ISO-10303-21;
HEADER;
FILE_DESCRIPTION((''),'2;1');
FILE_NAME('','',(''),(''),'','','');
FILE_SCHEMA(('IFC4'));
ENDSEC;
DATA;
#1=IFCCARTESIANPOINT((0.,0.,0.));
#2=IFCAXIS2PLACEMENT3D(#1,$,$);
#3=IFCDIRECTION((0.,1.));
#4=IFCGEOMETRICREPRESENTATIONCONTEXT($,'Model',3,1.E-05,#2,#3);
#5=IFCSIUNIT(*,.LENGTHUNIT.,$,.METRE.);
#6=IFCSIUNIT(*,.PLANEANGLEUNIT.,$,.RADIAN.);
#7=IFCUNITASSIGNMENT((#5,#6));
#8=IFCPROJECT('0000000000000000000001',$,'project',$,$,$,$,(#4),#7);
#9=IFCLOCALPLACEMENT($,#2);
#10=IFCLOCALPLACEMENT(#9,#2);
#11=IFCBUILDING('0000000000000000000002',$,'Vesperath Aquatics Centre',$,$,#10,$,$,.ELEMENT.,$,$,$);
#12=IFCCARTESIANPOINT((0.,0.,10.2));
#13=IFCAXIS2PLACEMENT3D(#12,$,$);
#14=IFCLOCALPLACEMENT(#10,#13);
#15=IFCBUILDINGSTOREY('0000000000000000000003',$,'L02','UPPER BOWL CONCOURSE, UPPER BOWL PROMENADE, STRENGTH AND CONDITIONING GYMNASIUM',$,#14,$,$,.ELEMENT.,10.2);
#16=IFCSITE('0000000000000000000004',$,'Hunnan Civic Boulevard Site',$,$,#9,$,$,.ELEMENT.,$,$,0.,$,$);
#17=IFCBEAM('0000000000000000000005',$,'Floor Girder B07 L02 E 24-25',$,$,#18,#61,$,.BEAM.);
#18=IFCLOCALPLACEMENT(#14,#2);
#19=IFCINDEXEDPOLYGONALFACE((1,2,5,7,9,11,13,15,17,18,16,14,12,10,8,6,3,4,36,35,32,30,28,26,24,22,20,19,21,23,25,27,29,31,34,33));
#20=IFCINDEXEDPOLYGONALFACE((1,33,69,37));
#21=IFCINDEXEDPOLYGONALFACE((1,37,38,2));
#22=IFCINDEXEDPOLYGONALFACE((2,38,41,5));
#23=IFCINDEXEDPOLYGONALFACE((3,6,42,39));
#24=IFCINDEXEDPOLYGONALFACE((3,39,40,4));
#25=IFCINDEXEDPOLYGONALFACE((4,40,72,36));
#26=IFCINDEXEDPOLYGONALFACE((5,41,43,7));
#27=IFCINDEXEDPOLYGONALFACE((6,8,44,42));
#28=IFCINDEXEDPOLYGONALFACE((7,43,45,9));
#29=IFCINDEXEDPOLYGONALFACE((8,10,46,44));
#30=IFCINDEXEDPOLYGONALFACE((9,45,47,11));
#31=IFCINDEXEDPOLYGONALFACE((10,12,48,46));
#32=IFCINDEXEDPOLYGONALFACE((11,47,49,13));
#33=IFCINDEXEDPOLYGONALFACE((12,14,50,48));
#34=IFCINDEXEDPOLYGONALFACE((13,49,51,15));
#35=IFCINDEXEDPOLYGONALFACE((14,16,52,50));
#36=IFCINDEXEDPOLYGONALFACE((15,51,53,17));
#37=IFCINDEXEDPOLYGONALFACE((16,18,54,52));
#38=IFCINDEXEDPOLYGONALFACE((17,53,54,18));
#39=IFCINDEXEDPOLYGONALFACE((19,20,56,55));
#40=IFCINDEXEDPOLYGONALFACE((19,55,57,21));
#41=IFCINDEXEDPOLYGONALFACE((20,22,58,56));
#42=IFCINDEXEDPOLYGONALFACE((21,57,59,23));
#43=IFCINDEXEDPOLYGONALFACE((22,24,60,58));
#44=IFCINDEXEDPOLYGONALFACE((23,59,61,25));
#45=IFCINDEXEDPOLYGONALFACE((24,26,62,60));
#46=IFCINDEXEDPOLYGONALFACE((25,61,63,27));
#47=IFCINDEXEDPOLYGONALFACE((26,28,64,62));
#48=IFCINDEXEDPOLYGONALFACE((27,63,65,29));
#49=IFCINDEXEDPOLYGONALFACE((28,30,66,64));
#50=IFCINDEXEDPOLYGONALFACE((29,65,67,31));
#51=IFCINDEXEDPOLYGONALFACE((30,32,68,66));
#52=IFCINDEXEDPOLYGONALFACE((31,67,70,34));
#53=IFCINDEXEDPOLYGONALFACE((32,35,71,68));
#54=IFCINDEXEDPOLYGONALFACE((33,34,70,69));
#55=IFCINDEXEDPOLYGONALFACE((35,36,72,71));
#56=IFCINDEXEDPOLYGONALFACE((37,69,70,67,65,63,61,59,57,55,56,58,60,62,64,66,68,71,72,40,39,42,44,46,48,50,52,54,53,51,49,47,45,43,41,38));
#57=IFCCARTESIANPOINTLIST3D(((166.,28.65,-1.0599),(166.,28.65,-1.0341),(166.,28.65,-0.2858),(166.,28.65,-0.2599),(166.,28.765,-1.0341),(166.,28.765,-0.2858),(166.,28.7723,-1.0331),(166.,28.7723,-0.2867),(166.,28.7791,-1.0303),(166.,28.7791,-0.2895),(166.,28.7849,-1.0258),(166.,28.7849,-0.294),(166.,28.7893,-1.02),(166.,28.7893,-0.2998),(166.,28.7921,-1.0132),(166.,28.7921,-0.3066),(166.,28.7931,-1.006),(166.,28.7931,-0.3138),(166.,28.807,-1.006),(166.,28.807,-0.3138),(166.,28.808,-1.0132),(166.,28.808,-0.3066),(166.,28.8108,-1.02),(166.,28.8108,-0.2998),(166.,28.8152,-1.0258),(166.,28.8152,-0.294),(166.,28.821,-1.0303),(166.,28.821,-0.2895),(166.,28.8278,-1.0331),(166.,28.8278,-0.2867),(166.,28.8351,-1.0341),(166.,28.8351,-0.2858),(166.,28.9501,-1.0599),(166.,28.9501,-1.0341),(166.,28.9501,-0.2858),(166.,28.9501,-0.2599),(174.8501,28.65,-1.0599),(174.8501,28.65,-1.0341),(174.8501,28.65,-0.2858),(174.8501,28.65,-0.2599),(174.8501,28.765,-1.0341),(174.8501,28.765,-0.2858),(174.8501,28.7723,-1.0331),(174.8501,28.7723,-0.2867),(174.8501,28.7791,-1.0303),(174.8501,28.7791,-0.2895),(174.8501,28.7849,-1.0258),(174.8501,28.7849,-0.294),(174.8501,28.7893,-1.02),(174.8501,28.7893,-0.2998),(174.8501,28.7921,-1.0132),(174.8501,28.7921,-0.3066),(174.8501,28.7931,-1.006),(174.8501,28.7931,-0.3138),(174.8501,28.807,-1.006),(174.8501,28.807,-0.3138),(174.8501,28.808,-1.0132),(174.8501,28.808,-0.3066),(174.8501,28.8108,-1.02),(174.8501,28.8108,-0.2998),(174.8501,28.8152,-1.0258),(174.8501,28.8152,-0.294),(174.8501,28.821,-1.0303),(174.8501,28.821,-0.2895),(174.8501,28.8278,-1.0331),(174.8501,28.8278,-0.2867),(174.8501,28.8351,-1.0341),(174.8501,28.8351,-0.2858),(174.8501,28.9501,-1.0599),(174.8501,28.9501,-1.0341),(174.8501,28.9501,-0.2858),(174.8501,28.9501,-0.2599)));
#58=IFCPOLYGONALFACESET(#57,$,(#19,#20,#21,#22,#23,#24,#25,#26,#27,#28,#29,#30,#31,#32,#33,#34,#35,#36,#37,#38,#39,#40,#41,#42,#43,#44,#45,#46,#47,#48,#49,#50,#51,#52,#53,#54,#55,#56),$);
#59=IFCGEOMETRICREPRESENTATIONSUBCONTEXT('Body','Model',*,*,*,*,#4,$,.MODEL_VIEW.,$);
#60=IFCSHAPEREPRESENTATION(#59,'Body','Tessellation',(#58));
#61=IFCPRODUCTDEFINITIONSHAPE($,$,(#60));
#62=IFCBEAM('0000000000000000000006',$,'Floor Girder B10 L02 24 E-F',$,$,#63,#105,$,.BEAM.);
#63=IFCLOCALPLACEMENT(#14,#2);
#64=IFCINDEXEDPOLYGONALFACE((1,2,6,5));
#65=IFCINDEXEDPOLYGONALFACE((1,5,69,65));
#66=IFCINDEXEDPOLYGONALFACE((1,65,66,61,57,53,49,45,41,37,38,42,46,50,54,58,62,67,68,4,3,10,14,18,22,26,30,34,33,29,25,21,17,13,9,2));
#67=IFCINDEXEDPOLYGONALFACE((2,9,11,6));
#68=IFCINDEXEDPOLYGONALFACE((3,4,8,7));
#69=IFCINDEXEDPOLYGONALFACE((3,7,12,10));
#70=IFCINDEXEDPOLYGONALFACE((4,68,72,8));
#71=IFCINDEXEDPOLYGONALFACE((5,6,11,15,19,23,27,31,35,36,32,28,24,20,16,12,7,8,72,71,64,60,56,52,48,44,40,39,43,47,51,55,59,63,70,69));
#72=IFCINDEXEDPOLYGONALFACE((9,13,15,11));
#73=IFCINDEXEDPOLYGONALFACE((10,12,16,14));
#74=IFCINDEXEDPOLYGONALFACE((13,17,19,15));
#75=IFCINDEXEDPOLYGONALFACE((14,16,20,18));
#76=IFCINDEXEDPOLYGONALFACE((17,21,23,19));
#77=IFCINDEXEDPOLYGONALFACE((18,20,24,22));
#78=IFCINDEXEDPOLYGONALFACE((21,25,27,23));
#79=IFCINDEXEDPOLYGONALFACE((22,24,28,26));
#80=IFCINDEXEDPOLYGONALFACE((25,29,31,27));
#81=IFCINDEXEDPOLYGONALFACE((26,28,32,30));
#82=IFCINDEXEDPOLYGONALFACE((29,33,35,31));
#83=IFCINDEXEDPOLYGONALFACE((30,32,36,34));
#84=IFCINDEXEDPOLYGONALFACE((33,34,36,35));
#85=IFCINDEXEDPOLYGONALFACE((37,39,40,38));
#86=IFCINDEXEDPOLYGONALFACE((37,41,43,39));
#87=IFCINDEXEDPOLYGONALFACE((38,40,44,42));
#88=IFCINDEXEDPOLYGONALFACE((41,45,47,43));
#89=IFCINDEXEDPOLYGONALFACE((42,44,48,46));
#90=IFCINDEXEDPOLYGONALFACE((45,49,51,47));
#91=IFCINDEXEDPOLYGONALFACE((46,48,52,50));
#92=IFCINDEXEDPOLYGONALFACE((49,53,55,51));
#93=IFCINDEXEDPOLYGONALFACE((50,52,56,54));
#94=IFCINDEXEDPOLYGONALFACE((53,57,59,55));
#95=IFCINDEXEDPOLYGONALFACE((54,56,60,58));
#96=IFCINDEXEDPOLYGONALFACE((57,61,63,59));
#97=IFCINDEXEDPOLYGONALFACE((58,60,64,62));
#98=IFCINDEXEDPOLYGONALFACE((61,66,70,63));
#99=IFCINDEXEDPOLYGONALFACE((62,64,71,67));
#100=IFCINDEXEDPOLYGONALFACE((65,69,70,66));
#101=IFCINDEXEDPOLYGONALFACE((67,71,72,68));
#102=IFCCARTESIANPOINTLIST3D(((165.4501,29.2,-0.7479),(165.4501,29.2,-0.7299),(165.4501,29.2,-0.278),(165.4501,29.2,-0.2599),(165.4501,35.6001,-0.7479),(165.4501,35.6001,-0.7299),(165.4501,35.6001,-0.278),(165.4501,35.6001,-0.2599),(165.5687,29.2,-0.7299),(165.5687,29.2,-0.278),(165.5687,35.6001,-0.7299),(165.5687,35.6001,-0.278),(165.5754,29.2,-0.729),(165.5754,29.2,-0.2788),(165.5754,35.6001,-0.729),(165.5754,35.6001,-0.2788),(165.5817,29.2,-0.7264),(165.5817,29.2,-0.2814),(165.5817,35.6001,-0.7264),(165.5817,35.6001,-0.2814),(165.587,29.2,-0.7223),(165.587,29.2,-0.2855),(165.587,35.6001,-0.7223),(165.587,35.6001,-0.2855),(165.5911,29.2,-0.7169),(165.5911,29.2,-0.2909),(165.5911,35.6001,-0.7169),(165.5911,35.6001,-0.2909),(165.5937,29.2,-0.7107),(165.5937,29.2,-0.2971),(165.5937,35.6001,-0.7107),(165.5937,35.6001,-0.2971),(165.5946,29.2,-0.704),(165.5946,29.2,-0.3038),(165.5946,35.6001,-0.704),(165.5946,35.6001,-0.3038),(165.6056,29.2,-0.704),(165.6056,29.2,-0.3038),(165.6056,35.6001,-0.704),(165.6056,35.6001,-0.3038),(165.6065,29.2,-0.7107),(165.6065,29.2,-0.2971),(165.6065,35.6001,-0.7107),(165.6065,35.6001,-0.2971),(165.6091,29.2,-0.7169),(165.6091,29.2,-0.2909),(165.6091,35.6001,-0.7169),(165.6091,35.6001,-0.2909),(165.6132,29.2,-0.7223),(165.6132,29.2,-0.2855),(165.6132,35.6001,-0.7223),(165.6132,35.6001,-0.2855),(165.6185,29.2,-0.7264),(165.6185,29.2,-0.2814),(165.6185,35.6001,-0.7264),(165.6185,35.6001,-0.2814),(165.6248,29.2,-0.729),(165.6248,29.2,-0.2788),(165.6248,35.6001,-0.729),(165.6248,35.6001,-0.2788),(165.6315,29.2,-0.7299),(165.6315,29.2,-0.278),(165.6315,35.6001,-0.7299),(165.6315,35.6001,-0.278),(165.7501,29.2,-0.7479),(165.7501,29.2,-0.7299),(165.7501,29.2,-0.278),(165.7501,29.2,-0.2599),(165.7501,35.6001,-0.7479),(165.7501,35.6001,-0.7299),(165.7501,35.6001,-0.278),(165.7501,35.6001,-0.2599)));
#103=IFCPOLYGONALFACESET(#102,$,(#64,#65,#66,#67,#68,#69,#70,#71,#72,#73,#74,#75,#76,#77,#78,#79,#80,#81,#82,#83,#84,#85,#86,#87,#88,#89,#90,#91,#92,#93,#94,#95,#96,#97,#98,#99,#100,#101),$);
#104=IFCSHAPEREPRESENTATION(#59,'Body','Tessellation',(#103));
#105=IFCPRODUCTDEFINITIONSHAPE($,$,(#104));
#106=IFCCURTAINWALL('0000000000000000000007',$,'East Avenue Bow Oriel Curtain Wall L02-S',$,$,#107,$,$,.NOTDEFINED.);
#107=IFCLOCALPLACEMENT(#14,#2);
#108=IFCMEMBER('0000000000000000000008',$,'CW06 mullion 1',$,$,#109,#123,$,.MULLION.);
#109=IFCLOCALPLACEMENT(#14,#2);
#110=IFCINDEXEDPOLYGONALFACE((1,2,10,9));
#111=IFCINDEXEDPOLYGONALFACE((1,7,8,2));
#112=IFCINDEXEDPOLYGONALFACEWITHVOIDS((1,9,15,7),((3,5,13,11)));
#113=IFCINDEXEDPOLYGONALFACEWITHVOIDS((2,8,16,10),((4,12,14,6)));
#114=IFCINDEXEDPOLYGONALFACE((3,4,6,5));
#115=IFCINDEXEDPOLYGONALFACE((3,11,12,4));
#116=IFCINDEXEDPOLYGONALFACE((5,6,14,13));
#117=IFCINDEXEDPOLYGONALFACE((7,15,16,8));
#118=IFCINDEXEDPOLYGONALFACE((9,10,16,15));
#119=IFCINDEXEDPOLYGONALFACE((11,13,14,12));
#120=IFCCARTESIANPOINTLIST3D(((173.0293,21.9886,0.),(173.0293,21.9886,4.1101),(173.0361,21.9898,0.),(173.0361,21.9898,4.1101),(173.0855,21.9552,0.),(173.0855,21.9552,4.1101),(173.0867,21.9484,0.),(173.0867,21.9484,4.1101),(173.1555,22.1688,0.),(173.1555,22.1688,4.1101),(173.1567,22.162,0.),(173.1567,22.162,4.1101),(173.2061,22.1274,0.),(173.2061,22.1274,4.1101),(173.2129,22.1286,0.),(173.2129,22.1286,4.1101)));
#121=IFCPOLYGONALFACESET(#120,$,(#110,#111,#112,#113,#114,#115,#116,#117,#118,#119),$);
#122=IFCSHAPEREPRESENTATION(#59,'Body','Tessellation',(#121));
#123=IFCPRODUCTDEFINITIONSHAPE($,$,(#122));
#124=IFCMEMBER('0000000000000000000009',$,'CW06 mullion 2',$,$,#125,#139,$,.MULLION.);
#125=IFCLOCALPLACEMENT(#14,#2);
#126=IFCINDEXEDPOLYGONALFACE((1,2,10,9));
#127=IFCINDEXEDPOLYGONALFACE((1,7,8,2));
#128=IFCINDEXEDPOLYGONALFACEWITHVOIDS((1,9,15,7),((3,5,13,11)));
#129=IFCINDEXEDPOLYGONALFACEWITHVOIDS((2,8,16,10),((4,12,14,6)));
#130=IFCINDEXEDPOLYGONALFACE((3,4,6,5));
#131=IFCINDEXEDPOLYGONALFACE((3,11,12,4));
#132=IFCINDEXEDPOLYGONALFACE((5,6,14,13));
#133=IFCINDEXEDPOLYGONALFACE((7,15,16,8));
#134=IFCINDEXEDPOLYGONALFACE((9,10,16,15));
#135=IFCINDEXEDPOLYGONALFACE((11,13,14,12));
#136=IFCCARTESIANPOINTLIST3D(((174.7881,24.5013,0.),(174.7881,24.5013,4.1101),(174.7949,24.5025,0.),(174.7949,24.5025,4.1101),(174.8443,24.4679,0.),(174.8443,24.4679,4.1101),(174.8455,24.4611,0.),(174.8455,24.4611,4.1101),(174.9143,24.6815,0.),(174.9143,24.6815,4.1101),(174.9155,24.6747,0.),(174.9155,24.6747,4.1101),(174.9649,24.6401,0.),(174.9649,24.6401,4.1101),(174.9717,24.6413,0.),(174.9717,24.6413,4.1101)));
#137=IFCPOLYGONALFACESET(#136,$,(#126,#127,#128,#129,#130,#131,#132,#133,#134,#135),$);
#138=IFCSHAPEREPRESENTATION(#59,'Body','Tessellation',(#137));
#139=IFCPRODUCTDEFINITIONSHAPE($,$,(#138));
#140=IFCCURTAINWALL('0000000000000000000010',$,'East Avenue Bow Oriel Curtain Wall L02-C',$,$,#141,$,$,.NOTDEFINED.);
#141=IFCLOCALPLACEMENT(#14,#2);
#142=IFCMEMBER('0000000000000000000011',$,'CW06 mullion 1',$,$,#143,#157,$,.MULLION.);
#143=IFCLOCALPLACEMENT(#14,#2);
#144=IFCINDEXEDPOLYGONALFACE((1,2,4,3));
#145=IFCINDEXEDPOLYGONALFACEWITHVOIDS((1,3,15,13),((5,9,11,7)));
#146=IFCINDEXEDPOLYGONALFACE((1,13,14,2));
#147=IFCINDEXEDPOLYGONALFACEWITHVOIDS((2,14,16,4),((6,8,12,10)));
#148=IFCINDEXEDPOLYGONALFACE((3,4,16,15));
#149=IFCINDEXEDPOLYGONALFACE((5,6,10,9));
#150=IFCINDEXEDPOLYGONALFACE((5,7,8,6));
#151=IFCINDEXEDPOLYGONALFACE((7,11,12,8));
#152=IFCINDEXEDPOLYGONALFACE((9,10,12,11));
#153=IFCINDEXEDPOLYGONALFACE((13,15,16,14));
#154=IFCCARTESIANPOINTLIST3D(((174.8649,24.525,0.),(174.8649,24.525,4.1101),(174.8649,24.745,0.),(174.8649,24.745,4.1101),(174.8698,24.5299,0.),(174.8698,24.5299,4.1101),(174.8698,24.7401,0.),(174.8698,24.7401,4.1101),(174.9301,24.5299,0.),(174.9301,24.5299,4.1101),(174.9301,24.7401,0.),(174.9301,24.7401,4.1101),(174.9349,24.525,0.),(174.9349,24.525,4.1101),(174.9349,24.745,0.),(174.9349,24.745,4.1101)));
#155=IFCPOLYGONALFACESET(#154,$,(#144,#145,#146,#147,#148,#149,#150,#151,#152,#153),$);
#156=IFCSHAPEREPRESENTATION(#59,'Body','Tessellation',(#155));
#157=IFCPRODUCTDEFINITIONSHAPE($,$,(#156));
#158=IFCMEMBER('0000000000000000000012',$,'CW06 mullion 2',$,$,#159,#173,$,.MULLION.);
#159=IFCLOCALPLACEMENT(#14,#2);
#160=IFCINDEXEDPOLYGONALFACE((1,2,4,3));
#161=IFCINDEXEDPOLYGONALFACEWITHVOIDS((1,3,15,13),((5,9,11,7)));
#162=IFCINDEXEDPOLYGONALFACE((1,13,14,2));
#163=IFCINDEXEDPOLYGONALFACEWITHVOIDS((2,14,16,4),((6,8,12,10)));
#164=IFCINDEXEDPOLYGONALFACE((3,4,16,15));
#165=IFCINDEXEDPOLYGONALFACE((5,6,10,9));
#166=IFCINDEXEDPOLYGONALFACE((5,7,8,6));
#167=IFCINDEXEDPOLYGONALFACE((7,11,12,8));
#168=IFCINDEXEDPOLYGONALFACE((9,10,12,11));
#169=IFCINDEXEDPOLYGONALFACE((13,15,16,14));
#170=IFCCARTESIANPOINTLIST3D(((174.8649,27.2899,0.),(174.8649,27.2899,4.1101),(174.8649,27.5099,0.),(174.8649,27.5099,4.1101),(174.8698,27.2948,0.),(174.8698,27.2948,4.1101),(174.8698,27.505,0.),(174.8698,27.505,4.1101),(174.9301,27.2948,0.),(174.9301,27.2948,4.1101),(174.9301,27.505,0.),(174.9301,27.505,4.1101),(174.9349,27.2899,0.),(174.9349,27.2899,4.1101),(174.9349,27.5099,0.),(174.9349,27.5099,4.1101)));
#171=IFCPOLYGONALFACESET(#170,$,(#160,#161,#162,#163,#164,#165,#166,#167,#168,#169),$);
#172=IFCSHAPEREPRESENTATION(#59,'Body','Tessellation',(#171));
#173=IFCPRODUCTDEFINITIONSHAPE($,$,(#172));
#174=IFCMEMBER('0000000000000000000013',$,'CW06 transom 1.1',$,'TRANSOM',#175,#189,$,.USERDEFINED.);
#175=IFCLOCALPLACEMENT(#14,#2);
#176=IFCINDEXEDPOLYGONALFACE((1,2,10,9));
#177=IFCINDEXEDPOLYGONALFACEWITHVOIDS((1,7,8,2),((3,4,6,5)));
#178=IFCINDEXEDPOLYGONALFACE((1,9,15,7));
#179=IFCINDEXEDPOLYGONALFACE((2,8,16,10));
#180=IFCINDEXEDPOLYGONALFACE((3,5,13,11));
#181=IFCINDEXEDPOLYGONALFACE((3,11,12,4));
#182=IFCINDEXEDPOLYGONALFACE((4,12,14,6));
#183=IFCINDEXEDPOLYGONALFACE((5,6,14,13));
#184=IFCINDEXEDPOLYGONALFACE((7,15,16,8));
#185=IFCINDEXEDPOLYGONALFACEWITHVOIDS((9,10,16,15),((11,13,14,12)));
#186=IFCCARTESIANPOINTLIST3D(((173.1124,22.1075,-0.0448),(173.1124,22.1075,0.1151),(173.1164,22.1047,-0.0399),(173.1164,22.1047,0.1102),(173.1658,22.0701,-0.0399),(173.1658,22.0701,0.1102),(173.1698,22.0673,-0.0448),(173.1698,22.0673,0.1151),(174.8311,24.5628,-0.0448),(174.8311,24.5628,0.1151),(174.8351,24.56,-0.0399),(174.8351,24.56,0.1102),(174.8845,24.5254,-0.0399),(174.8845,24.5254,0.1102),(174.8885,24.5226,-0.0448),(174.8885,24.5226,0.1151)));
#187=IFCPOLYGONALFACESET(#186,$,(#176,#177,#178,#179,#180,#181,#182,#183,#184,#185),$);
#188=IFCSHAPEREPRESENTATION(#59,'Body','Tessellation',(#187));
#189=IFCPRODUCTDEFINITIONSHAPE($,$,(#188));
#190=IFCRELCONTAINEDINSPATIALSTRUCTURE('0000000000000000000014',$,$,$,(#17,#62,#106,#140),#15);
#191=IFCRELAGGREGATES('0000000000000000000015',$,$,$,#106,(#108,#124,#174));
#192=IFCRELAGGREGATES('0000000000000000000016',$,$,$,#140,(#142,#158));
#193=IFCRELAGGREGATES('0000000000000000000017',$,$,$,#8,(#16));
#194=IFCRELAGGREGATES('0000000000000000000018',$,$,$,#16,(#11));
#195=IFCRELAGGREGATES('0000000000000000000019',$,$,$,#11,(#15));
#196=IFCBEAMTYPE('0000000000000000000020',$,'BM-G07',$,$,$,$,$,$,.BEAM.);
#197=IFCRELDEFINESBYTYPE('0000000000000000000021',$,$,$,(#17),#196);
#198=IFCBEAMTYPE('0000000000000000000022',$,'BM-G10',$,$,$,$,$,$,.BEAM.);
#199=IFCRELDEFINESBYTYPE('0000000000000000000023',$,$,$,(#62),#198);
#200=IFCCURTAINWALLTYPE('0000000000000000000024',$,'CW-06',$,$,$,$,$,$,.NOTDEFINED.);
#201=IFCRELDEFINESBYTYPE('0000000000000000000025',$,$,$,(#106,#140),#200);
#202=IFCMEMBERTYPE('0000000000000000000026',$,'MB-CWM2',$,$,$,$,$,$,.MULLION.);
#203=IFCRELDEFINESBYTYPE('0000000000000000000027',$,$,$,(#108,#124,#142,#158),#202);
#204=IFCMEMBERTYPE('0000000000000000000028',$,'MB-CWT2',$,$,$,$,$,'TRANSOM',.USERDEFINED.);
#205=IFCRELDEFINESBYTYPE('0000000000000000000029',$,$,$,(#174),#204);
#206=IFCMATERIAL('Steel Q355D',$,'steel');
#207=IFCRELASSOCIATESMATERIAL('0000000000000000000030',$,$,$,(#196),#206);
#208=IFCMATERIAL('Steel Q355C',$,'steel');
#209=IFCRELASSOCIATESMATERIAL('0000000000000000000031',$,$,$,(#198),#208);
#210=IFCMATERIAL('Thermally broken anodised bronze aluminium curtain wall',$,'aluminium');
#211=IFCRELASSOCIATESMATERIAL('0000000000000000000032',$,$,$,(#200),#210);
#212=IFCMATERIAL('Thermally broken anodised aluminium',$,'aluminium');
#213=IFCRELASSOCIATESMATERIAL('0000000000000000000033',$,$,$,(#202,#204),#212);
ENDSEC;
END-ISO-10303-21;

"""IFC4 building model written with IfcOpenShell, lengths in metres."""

from ifc_helpers import new_model, si_unit, direction, frame, origin, origin_2d, place, context, subcontext, project, spatial, hollow_rectangle, i_section, extrude, material, material_profile, profile_set, type_object, element, aggregate, save


model = new_model("IFC4")

# Units and contexts
model_context = context("Model", 3, precision=1e-05, world=origin(), true_north=direction((0.0, 1.0)))
body_context = subcontext(model_context, "Body", "Model", "MODEL_VIEW")
ifc_project = project(units=[si_unit("LENGTHUNIT", "METRE"), si_unit("PLANEANGLEUNIT", "RADIAN")], contexts=[model_context])

# Site, building, storey
site_placement = place(None, origin())
site = spatial("IfcSite", under=ifc_project, at=site_placement, Name="Hunnan Civic Boulevard Site", CompositionType="ELEMENT", RefElevation=0.0)
building_placement = place(site_placement, origin())
building = spatial("IfcBuilding", under=site, at=building_placement, Name="Vesperath Aquatics Centre", CompositionType="ELEMENT")
storey_placement = place(building_placement, frame((0.0, 0.0, 10.2)))
storey = spatial("IfcBuildingStorey", under=building, at=storey_placement, Name="L02", Description="UPPER BOWL CONCOURSE, UPPER BOWL PROMENADE, STRENGTH AND CONDITIONING GYMNASIUM", CompositionType="ELEMENT", Elevation=10.2)

# Shared definitions
ifc_material_1 = material(Name="Steel Q355D", Category="steel")

# Beams
ifc_material_profile_1 = material_profile(ifc_material_1, i_section(OverallWidth=0.3, OverallDepth=0.8, WebThickness=0.0139, FlangeThickness=0.0259, FilletRadius=0.0281, at=origin_2d()), Name="HN 800x300x14x26")
ifc_profile_set_1 = profile_set([ifc_material_profile_1], Name="Steel Q355D")
beam_type_1 = type_object("IfcBeamType", Name="BM-G07", PredefinedType="BEAM", material=ifc_profile_set_1)
for number, where, z_axis, x_axis, name in (
    (1, (166.0, 28.8, -0.6599), (1.0, 0.0, 0.0), (0.0, 1.0, 0.0), "Floor Girder B07 L02 E 24-25"),
):
    element("IfcBeam", number, at=place(storey_placement, frame(where, z_axis=z_axis, x_axis=x_axis)), inside=storey, type_object=beam_type_1, Name=name, PredefinedType="BEAM", context=body_context, shape_type="SweptSolid", body=[
        extrude(i_section(OverallWidth=0.3, OverallDepth=0.8, WebThickness=0.0139, FlangeThickness=0.0259, FilletRadius=0.0281, at=origin_2d()), origin(), (0.0, 0.0, 1.0), 8.8501),
    ])
ifc_material_2 = material(Name="Steel Q355C", Category="steel")
ifc_material_profile_2 = material_profile(ifc_material_2, i_section(OverallWidth=0.3, OverallDepth=0.488, WebThickness=0.011, FlangeThickness=0.0181, FilletRadius=0.0259, at=origin_2d()), Name="HM 488x300x11x18")
ifc_profile_set_2 = profile_set([ifc_material_profile_2], Name="Steel Q355C")
beam_type_2 = type_object("IfcBeamType", Name="BM-G10", PredefinedType="BEAM", material=ifc_profile_set_2)
beam_1_placement = place(storey_placement, frame((165.6001, 29.2, -0.5039), z_axis=(0.0, 1.0, 0.0), x_axis=(-1.0, 0.0, 0.0)))
element("IfcBeam", 2, at=beam_1_placement, inside=storey, type_object=beam_type_2, Name="Floor Girder B10 L02 24 E-F", PredefinedType="BEAM", context=body_context, shape_type="SweptSolid", body=[
    extrude(i_section(OverallWidth=0.3, OverallDepth=0.488, WebThickness=0.011, FlangeThickness=0.0181, FilletRadius=0.0259, at=origin_2d()), origin(), (0.0, 0.0, 1.0), 6.4001),
])

# Curtain walls, members
ifc_material_3 = material(Name="Thermally broken anodised bronze aluminium curtain wall", Category="aluminium")
curtain_wall_type = type_object("IfcCurtainWallType", Name="CW-06", PredefinedType="NOTDEFINED", material=ifc_material_3)
curtain_wall_1_placement = place(storey_placement, origin())
curtain_wall_1 = element("IfcCurtainWall", 3, at=curtain_wall_1_placement, inside=storey, type_object=curtain_wall_type, Name="East Avenue Bow Oriel Curtain Wall L02-S", PredefinedType="NOTDEFINED")
ifc_material_4 = material(Name="Thermally broken anodised aluminium", Category="aluminium")
ifc_material_profile_3 = material_profile(ifc_material_4, hollow_rectangle(XDim=0.0701, YDim=0.22, WallThickness=0.0049, at=origin_2d()), Name="CWM 70x220x5")
ifc_profile_set_3 = profile_set([ifc_material_profile_3], Name="Thermally broken anodised aluminium")
member_type_1 = type_object("IfcMemberType", Name="MB-CWM2", PredefinedType="MULLION", material=ifc_profile_set_3)
member_1_placement = place(storey_placement, frame((173.1211, 22.0586, 0.0), z_axis=(0.0, 0.0, 1.0), x_axis=(-0.819232, 0.573462, 0.0)))
member_1 = element("IfcMember", 4, at=member_1_placement, type_object=member_type_1, Name="CW06 mullion 1", PredefinedType="MULLION", context=body_context, shape_type="SweptSolid", body=[
    extrude(hollow_rectangle(XDim=0.0701, YDim=0.22, WallThickness=0.0049, at=origin_2d()), origin(), (0.0, 0.0, 1.0), 4.1101),
])
member_2_placement = place(storey_placement, frame((174.8799, 24.5713, 0.0), z_axis=(0.0, 0.0, 1.0), x_axis=(-0.819232, 0.573462, 0.0)))
member_2 = element("IfcMember", 5, at=member_2_placement, type_object=member_type_1, Name="CW06 mullion 2", PredefinedType="MULLION", context=body_context, shape_type="SweptSolid", body=[
    extrude(hollow_rectangle(XDim=0.0701, YDim=0.22, WallThickness=0.0049, at=origin_2d()), origin(), (0.0, 0.0, 1.0), 4.1101),
])
curtain_wall_2_placement = place(storey_placement, origin())
curtain_wall_2 = element("IfcCurtainWall", 6, at=curtain_wall_2_placement, inside=storey, type_object=curtain_wall_type, Name="East Avenue Bow Oriel Curtain Wall L02-C", PredefinedType="NOTDEFINED")
member_3_placement = place(storey_placement, frame((174.8999, 24.635, 0.0), z_axis=(0.0, 0.0, 1.0), x_axis=(-1.0, 0.0, 0.0)))
member_3 = element("IfcMember", 7, at=member_3_placement, type_object=member_type_1, Name="CW06 mullion 1", PredefinedType="MULLION", context=body_context, shape_type="SweptSolid", body=[
    extrude(hollow_rectangle(XDim=0.0701, YDim=0.22, WallThickness=0.0049, at=origin_2d()), origin(), (0.0, 0.0, 1.0), 4.1101),
])
member_4_placement = place(storey_placement, frame((174.8999, 27.3999, 0.0), z_axis=(0.0, 0.0, 1.0), x_axis=(-1.0, 0.0, 0.0)))
member_4 = element("IfcMember", 8, at=member_4_placement, type_object=member_type_1, Name="CW06 mullion 2", PredefinedType="MULLION", context=body_context, shape_type="SweptSolid", body=[
    extrude(hollow_rectangle(XDim=0.0701, YDim=0.22, WallThickness=0.0049, at=origin_2d()), origin(), (0.0, 0.0, 1.0), 4.1101),
])

# Member
ifc_material_profile_4 = material_profile(ifc_material_4, hollow_rectangle(XDim=0.0701, YDim=0.1599, WallThickness=0.0049, at=origin_2d()), Name="CWT 70x160x5")
ifc_profile_set_4 = profile_set([ifc_material_profile_4], Name="Thermally broken anodised aluminium")
member_type_2 = type_object("IfcMemberType", Name="MB-CWT2", ElementType="TRANSOM", PredefinedType="USERDEFINED", material=ifc_profile_set_4)
member_5_placement = place(storey_placement, frame((173.1411, 22.0874, 0.0352), z_axis=(0.573468, 0.819228, 0.0), x_axis=(-0.819228, 0.573468, 0.0)))
member_5 = element("IfcMember", 9, at=member_5_placement, type_object=member_type_2, Name="CW06 transom 1.1", ObjectType="TRANSOM", PredefinedType="USERDEFINED", context=body_context, shape_type="SweptSolid", body=[
    extrude(hollow_rectangle(XDim=0.0701, YDim=0.1599, WallThickness=0.0049, at=origin_2d()), origin(), (0.0, 0.0, 1.0), 2.9971),
])

aggregate(curtain_wall_1, [member_1, member_2, member_5])
aggregate(curtain_wall_2, [member_3, member_4])

save(model, "model.ifc")
